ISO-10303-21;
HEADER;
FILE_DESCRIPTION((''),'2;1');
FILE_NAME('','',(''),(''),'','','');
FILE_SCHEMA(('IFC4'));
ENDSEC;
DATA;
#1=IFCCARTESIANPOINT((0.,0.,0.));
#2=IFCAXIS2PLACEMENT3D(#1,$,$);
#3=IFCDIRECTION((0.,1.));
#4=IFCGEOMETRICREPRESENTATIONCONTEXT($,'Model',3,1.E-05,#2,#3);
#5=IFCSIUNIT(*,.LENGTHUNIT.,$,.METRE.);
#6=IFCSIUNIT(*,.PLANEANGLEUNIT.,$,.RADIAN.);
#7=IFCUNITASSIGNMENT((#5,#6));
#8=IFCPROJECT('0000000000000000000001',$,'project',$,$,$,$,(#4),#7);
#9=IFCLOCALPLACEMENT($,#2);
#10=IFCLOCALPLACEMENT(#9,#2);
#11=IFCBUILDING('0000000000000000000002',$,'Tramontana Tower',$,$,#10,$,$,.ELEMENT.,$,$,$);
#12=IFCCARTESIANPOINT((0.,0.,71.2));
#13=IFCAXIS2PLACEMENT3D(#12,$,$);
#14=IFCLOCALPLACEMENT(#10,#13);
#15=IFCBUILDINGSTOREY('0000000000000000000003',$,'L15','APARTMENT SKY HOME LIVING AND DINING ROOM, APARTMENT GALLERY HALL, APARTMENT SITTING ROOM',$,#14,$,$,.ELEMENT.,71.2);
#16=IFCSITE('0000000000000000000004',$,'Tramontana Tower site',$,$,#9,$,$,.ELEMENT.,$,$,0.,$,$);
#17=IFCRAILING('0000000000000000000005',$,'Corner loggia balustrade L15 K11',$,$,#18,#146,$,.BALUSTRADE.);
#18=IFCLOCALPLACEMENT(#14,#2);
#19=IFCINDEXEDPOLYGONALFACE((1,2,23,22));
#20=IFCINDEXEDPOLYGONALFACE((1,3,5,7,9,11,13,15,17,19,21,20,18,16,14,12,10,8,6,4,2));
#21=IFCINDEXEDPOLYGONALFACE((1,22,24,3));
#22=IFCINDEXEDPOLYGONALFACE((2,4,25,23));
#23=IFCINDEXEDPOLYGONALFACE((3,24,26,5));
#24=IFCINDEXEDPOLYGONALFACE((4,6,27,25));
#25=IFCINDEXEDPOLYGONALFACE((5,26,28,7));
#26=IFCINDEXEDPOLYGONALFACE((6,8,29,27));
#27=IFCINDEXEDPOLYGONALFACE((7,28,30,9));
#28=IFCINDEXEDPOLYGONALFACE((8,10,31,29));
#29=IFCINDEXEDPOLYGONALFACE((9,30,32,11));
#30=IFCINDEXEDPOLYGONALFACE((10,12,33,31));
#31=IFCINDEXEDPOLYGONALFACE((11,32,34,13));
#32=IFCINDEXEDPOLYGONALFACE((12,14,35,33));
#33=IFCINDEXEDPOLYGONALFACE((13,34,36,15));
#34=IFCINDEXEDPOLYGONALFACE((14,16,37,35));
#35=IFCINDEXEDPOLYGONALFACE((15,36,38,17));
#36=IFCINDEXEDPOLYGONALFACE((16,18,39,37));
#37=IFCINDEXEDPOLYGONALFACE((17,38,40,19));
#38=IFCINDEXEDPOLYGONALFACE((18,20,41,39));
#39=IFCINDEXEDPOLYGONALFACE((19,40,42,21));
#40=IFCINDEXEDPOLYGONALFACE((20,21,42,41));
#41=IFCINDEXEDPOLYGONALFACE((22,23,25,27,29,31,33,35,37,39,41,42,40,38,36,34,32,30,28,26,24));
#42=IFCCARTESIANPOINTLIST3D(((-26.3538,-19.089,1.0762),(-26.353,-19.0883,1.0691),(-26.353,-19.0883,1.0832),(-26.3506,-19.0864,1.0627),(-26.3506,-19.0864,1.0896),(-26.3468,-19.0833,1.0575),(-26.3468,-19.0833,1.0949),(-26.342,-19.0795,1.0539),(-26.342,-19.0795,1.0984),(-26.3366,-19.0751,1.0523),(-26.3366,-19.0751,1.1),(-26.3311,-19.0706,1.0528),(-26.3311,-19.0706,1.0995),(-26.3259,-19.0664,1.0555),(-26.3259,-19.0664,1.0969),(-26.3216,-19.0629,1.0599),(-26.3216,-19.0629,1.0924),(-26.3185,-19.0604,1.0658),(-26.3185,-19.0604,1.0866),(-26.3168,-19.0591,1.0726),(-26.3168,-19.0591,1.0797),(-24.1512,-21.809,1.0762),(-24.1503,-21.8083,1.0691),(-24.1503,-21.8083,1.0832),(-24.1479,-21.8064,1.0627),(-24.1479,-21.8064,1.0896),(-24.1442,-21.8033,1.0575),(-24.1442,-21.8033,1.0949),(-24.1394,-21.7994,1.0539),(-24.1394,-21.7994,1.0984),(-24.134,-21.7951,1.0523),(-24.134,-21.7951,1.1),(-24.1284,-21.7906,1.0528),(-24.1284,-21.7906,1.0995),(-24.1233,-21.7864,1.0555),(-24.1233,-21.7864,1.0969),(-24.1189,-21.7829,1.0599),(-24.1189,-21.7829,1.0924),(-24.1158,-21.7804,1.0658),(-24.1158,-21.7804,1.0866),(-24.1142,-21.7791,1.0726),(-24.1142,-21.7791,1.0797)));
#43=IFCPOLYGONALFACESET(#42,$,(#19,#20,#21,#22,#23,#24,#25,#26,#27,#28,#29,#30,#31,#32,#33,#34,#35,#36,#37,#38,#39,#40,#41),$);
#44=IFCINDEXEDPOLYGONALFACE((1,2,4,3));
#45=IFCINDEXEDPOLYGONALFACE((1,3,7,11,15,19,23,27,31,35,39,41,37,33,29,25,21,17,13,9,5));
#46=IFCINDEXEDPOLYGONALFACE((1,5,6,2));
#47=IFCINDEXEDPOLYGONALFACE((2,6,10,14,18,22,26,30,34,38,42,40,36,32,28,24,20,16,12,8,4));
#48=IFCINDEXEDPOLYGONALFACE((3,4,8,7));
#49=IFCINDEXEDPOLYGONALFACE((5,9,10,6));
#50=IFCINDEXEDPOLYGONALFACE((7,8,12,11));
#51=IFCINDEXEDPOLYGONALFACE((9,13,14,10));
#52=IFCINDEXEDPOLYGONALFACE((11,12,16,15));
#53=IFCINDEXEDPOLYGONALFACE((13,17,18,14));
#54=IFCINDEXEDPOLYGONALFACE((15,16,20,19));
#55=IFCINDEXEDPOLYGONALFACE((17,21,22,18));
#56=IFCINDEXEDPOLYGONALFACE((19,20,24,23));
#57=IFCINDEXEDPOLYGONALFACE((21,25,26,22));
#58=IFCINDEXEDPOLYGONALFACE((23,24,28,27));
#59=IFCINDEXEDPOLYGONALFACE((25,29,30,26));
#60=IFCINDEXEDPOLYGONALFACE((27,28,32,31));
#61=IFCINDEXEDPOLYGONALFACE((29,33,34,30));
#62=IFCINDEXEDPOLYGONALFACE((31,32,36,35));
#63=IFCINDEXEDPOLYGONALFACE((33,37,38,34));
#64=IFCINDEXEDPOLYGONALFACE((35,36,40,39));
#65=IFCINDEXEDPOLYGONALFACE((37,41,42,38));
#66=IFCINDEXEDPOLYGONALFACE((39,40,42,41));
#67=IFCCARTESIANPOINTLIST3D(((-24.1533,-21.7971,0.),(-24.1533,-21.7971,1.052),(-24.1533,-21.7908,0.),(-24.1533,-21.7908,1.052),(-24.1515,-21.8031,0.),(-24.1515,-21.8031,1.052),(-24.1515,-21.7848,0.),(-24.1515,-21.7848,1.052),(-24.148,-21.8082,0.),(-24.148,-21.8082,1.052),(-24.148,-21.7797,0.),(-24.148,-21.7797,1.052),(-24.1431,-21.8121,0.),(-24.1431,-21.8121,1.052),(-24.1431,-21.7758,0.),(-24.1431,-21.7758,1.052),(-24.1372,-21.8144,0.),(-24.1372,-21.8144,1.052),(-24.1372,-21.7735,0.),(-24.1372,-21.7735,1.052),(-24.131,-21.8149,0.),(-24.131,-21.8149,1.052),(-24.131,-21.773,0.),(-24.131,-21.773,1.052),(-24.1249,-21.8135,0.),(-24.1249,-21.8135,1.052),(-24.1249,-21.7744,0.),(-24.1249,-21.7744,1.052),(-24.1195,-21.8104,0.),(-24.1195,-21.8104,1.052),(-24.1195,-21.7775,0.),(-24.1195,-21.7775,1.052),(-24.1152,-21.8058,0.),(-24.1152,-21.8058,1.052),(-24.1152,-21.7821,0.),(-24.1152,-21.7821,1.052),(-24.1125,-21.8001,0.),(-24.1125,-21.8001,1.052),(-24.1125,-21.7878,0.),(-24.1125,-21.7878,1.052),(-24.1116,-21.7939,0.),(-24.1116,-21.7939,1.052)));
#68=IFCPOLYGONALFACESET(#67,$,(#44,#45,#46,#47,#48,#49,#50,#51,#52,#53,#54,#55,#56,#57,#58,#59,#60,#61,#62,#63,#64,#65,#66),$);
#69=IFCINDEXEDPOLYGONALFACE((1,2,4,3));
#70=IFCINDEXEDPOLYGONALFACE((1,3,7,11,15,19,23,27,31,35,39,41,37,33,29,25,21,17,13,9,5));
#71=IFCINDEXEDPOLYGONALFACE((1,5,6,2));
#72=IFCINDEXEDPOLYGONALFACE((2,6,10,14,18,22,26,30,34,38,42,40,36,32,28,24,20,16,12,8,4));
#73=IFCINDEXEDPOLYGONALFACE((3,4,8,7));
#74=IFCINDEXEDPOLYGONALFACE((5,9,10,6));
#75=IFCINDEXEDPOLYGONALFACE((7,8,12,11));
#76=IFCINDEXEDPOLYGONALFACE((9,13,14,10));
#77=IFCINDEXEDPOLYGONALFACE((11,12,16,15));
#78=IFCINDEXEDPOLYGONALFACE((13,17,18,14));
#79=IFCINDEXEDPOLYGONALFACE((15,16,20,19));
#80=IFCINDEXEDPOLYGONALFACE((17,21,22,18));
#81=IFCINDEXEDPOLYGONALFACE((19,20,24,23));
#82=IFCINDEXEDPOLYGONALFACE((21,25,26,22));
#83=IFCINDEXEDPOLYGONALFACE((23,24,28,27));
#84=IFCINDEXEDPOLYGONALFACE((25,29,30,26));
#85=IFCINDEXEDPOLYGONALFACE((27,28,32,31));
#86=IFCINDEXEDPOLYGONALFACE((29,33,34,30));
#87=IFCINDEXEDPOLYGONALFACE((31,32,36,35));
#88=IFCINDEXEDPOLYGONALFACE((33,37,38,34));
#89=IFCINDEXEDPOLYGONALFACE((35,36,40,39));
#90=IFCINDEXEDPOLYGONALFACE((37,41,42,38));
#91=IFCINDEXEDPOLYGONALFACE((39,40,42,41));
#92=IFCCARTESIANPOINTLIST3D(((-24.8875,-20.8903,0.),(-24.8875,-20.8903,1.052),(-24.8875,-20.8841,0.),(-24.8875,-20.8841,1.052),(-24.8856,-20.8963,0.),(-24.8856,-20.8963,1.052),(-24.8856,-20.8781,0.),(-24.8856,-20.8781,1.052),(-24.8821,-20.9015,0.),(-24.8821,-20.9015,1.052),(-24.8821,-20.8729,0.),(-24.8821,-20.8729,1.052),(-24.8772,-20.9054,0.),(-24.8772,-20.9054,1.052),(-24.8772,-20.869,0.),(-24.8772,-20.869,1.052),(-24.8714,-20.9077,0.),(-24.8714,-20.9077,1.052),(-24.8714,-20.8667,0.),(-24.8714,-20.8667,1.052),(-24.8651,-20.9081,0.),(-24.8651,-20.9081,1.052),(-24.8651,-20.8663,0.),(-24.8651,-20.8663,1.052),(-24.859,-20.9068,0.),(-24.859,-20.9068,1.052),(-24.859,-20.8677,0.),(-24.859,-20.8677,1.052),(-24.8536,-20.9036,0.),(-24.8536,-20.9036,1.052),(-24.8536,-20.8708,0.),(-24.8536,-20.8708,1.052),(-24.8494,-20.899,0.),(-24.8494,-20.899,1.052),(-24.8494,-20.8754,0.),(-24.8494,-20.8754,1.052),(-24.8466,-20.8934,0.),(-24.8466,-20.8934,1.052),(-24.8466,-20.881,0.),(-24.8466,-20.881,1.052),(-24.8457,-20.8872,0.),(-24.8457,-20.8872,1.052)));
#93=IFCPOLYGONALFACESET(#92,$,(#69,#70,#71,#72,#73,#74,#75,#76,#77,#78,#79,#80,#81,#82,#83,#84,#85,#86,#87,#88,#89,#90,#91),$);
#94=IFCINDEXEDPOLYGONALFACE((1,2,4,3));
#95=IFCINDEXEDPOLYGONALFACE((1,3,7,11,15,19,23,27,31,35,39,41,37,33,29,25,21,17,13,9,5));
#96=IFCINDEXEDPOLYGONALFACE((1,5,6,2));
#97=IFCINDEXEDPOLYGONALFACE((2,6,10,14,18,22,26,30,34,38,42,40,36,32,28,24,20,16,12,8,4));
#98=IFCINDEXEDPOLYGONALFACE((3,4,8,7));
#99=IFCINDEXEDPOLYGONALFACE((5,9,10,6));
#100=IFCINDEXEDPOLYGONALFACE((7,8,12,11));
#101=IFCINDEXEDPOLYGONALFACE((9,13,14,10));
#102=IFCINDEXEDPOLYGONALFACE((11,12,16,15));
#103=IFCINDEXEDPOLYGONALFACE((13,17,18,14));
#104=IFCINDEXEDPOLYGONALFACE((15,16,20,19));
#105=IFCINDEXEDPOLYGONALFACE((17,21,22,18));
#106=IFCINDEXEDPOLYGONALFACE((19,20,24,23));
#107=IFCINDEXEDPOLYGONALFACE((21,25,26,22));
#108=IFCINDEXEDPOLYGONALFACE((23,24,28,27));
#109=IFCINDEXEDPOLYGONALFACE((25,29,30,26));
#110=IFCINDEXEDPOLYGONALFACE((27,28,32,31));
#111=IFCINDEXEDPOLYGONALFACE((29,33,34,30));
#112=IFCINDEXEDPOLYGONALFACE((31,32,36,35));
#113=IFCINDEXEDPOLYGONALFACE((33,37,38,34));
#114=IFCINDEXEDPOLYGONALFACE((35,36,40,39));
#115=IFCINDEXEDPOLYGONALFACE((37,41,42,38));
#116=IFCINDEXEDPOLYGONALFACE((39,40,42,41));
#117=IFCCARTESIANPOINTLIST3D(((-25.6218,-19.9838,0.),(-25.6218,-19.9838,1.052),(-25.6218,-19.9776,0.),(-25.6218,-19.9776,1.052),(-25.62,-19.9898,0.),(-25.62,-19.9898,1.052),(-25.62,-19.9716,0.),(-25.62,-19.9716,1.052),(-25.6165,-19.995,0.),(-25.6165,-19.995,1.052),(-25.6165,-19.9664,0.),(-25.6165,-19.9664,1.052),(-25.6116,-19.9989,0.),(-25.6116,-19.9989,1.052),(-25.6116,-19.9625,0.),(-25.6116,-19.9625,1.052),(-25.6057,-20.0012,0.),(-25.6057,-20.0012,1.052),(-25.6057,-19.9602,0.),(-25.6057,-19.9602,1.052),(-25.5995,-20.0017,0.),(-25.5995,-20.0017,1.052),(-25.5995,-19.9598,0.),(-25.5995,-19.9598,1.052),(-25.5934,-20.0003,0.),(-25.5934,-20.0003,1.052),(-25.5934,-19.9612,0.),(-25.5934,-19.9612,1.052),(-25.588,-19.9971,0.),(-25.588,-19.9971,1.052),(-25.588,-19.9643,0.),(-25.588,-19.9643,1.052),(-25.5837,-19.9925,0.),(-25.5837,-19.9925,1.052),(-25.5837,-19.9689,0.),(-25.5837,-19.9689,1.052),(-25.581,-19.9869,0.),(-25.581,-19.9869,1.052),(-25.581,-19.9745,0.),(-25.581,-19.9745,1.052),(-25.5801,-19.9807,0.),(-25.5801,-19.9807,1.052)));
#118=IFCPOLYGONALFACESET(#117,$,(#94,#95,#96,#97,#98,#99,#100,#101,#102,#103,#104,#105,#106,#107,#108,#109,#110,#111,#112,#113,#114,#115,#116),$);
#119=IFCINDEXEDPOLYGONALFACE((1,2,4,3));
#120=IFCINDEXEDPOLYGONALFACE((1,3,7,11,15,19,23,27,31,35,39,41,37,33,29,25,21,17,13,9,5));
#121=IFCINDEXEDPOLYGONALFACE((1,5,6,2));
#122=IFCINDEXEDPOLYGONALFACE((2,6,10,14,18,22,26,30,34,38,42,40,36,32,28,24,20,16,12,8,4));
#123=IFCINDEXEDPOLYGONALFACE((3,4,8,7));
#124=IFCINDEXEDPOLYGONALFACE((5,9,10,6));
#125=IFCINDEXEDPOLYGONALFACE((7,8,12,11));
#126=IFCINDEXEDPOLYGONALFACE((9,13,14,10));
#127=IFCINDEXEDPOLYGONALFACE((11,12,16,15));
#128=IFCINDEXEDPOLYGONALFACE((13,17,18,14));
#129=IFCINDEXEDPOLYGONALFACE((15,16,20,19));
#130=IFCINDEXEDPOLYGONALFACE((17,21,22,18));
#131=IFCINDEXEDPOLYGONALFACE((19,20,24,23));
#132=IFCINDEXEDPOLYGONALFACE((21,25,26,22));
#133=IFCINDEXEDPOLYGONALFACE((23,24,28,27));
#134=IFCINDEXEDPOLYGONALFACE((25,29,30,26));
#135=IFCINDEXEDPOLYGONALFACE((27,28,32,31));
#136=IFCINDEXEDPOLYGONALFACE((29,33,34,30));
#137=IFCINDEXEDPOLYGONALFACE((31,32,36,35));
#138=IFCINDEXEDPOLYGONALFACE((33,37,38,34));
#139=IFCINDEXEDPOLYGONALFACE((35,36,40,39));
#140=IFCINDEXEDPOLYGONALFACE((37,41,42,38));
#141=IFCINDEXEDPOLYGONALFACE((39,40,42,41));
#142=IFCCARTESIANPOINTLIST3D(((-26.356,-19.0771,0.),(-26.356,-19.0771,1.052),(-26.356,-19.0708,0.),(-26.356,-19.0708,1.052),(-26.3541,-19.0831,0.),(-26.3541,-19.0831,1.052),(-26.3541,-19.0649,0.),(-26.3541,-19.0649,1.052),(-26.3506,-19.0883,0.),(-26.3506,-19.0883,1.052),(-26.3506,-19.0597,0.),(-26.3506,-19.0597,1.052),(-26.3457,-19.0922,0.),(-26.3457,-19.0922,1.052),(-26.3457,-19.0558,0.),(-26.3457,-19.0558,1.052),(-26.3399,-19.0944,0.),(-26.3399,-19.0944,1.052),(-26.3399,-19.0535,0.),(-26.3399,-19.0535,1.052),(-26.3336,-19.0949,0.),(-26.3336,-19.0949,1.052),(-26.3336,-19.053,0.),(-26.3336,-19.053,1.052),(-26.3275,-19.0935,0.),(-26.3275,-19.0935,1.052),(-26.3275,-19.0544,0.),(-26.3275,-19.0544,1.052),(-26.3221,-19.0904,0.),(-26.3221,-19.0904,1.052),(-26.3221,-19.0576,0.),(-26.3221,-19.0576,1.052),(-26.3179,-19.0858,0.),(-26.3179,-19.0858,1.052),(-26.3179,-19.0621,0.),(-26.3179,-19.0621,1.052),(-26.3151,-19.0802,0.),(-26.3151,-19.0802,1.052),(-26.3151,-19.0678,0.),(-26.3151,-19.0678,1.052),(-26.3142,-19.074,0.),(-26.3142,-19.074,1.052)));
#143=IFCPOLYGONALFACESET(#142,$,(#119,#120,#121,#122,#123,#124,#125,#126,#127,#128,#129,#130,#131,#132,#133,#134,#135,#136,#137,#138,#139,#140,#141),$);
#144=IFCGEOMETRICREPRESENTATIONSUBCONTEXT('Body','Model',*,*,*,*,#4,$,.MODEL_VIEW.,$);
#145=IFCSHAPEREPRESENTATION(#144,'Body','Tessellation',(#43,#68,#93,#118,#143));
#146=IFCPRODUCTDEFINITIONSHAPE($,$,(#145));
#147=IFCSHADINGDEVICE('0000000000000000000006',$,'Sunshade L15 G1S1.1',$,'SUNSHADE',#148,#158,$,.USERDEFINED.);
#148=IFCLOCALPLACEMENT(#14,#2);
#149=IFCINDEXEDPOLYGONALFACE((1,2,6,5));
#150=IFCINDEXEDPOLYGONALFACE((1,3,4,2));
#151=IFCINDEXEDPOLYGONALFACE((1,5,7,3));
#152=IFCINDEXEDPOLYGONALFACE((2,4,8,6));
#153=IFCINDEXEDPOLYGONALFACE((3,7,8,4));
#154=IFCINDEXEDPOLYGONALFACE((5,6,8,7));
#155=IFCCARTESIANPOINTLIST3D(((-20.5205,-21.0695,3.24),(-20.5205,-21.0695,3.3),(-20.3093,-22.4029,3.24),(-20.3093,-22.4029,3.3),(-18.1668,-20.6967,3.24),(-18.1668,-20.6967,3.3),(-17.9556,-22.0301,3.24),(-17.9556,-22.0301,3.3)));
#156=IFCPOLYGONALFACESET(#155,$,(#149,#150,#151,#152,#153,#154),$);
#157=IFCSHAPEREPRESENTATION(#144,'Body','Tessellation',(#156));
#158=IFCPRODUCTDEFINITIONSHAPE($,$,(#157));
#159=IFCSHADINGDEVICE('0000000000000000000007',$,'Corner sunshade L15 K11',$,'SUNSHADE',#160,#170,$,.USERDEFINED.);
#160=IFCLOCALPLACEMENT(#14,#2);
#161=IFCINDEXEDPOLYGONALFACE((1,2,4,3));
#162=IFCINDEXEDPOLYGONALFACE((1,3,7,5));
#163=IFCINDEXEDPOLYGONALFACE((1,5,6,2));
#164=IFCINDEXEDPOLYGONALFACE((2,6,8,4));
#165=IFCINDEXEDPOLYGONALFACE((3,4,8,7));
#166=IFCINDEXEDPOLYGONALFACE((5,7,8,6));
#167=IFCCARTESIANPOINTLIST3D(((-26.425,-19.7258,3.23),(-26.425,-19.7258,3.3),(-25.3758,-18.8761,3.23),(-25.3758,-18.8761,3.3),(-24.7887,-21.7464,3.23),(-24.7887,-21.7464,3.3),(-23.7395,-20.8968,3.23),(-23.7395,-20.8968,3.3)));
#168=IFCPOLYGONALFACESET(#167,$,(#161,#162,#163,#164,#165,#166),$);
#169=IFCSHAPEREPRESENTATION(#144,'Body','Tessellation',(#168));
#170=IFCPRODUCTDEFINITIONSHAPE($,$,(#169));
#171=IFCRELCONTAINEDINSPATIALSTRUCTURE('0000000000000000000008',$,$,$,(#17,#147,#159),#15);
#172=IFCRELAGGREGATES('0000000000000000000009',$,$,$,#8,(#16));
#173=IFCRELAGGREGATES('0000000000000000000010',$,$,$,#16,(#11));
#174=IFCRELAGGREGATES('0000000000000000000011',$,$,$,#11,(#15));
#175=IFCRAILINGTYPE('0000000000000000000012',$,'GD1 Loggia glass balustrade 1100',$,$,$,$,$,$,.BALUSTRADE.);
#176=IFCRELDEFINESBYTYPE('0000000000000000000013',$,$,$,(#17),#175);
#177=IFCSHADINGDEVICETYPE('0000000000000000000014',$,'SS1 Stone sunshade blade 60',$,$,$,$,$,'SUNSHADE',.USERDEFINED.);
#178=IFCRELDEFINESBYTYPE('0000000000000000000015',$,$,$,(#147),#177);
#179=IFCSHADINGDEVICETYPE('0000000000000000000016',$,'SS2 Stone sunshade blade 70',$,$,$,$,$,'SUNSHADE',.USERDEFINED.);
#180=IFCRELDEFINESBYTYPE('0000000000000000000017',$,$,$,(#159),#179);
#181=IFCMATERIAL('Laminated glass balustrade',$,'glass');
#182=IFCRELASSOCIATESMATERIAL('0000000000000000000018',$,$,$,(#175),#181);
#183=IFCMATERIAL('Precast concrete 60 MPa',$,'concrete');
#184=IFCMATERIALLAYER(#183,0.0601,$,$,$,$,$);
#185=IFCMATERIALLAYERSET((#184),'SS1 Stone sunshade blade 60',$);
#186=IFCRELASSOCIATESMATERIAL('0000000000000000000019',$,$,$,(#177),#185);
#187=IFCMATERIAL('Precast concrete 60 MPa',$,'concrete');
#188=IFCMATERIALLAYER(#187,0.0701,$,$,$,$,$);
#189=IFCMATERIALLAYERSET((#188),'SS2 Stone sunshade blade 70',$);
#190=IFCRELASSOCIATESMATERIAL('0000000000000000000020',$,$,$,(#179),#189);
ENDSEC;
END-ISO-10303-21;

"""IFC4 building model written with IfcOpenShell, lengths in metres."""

from ifc_helpers import new_model, si_unit, direction, frame, origin, origin_2d, place, context, subcontext, project, spatial, rectangle, circle, extrude, material, layer, layer_set, type_object, element, save


model = new_model("IFC4")

# Units and contexts
model_context = context("Model", 3, precision=1e-05, world=origin(), true_north=direction((0.0, 1.0)))
body_context = subcontext(model_context, "Body", "Model", "MODEL_VIEW")
ifc_project = project(units=[si_unit("LENGTHUNIT", "METRE"), si_unit("PLANEANGLEUNIT", "RADIAN")], contexts=[model_context])

# Site, building, storey
site_placement = place(None, origin())
site = spatial("IfcSite", under=ifc_project, at=site_placement, Name="Tramontana Tower site", CompositionType="ELEMENT", RefElevation=0.0)
building_placement = place(site_placement, origin())
building = spatial("IfcBuilding", under=site, at=building_placement, Name="Tramontana Tower", CompositionType="ELEMENT")
storey_placement = place(building_placement, frame((0.0, 0.0, 71.2)))
storey = spatial("IfcBuildingStorey", under=building, at=storey_placement, Name="L15", Description="APARTMENT SKY HOME LIVING AND DINING ROOM, APARTMENT GALLERY HALL, APARTMENT SITTING ROOM", CompositionType="ELEMENT", Elevation=71.2)

# Railing
ifc_material_1 = material(Name="Laminated glass balustrade", Category="glass")
railing_type = type_object("IfcRailingType", Name="GD1 Loggia glass balustrade 1100", PredefinedType="BALUSTRADE", material=ifc_material_1)
railing_1_placement = place(storey_placement, frame((-24.1326, -21.7939, 0.0)))
element("IfcRailing", 1, at=railing_1_placement, inside=storey, type_object=railing_type, Name="Corner loggia balustrade L15 K11", PredefinedType="BALUSTRADE", context=body_context, shape_type="SweptSolid", body=[
    extrude(circle(Radius=0.0239, at=origin_2d()), frame((0.0, 0.0, 1.0762), z_axis=(-0.629329, 0.777139, 0.0), x_axis=(-0.777139, -0.629329, 0.0)), (0.0, 0.0, 1.0), 3.5),
    extrude(circle(Radius=0.021, at=origin_2d()), origin(), (0.0, 0.0, 1.0), 1.052),
    extrude(circle(Radius=0.021, at=origin_2d()), frame((-0.7341, 0.9067, 0.0)), (0.0, 0.0, 1.0), 1.052),
    extrude(circle(Radius=0.021, at=origin_2d()), frame((-1.4685, 1.8132, 0.0)), (0.0, 0.0, 1.0), 1.052),
    extrude(circle(Radius=0.021, at=origin_2d()), frame((-2.2026, 2.72, 0.0)), (0.0, 0.0, 1.0), 1.052),
])

# Shading devices
ifc_material_2 = material(Name="Precast concrete 60 MPa", Category="concrete")
ifc_layer_1 = layer(ifc_material_2, 0.0601)
ifc_layer_set_1 = layer_set([ifc_layer_1], Name="SS1 Stone sunshade blade 60")
shading_device_type_1 = type_object("IfcShadingDeviceType", Name="SS1 Stone sunshade blade 60", ElementType="SUNSHADE", PredefinedType="USERDEFINED", material=ifc_layer_set_1)
shading_device_1_placement = place(storey_placement, frame((-19.238, -21.5498, 3.24), z_axis=(0.0, 0.0, 1.0), x_axis=(0.987688, 0.156434, 0.0)))
element("IfcShadingDevice", 2, at=shading_device_1_placement, inside=storey, type_object=shading_device_type_1, Name="Sunshade L15 G1S1.1", ObjectType="SUNSHADE", PredefinedType="USERDEFINED", context=body_context, shape_type="SweptSolid", body=[
    extrude(rectangle(XDim=2.3831, YDim=1.3501, at=origin_2d()), origin(), (0.0, 0.0, 1.0), 0.0601),
])
ifc_material_3 = material(Name="Precast concrete 60 MPa", Category="concrete")
ifc_layer_2 = layer(ifc_material_3, 0.0701)
ifc_layer_set_2 = layer_set([ifc_layer_2], Name="SS2 Stone sunshade blade 70")
shading_device_type_2 = type_object("IfcShadingDeviceType", Name="SS2 Stone sunshade blade 70", ElementType="SUNSHADE", PredefinedType="USERDEFINED", material=ifc_layer_set_2)
shading_device_2_placement = place(storey_placement, frame((-25.0823, -20.3113, 3.23), z_axis=(0.0, 0.0, 1.0), x_axis=(-0.62932, 0.777146, 0.0)))
element("IfcShadingDevice", 3, at=shading_device_2_placement, inside=storey, type_object=shading_device_type_2, Name="Corner sunshade L15 K11", ObjectType="SUNSHADE", PredefinedType="USERDEFINED", context=body_context, shape_type="SweptSolid", body=[
    extrude(rectangle(XDim=2.6001, YDim=1.3501, at=origin_2d()), origin(), (0.0, 0.0, 1.0), 0.0701),
])

save(model, "model.ifc")
